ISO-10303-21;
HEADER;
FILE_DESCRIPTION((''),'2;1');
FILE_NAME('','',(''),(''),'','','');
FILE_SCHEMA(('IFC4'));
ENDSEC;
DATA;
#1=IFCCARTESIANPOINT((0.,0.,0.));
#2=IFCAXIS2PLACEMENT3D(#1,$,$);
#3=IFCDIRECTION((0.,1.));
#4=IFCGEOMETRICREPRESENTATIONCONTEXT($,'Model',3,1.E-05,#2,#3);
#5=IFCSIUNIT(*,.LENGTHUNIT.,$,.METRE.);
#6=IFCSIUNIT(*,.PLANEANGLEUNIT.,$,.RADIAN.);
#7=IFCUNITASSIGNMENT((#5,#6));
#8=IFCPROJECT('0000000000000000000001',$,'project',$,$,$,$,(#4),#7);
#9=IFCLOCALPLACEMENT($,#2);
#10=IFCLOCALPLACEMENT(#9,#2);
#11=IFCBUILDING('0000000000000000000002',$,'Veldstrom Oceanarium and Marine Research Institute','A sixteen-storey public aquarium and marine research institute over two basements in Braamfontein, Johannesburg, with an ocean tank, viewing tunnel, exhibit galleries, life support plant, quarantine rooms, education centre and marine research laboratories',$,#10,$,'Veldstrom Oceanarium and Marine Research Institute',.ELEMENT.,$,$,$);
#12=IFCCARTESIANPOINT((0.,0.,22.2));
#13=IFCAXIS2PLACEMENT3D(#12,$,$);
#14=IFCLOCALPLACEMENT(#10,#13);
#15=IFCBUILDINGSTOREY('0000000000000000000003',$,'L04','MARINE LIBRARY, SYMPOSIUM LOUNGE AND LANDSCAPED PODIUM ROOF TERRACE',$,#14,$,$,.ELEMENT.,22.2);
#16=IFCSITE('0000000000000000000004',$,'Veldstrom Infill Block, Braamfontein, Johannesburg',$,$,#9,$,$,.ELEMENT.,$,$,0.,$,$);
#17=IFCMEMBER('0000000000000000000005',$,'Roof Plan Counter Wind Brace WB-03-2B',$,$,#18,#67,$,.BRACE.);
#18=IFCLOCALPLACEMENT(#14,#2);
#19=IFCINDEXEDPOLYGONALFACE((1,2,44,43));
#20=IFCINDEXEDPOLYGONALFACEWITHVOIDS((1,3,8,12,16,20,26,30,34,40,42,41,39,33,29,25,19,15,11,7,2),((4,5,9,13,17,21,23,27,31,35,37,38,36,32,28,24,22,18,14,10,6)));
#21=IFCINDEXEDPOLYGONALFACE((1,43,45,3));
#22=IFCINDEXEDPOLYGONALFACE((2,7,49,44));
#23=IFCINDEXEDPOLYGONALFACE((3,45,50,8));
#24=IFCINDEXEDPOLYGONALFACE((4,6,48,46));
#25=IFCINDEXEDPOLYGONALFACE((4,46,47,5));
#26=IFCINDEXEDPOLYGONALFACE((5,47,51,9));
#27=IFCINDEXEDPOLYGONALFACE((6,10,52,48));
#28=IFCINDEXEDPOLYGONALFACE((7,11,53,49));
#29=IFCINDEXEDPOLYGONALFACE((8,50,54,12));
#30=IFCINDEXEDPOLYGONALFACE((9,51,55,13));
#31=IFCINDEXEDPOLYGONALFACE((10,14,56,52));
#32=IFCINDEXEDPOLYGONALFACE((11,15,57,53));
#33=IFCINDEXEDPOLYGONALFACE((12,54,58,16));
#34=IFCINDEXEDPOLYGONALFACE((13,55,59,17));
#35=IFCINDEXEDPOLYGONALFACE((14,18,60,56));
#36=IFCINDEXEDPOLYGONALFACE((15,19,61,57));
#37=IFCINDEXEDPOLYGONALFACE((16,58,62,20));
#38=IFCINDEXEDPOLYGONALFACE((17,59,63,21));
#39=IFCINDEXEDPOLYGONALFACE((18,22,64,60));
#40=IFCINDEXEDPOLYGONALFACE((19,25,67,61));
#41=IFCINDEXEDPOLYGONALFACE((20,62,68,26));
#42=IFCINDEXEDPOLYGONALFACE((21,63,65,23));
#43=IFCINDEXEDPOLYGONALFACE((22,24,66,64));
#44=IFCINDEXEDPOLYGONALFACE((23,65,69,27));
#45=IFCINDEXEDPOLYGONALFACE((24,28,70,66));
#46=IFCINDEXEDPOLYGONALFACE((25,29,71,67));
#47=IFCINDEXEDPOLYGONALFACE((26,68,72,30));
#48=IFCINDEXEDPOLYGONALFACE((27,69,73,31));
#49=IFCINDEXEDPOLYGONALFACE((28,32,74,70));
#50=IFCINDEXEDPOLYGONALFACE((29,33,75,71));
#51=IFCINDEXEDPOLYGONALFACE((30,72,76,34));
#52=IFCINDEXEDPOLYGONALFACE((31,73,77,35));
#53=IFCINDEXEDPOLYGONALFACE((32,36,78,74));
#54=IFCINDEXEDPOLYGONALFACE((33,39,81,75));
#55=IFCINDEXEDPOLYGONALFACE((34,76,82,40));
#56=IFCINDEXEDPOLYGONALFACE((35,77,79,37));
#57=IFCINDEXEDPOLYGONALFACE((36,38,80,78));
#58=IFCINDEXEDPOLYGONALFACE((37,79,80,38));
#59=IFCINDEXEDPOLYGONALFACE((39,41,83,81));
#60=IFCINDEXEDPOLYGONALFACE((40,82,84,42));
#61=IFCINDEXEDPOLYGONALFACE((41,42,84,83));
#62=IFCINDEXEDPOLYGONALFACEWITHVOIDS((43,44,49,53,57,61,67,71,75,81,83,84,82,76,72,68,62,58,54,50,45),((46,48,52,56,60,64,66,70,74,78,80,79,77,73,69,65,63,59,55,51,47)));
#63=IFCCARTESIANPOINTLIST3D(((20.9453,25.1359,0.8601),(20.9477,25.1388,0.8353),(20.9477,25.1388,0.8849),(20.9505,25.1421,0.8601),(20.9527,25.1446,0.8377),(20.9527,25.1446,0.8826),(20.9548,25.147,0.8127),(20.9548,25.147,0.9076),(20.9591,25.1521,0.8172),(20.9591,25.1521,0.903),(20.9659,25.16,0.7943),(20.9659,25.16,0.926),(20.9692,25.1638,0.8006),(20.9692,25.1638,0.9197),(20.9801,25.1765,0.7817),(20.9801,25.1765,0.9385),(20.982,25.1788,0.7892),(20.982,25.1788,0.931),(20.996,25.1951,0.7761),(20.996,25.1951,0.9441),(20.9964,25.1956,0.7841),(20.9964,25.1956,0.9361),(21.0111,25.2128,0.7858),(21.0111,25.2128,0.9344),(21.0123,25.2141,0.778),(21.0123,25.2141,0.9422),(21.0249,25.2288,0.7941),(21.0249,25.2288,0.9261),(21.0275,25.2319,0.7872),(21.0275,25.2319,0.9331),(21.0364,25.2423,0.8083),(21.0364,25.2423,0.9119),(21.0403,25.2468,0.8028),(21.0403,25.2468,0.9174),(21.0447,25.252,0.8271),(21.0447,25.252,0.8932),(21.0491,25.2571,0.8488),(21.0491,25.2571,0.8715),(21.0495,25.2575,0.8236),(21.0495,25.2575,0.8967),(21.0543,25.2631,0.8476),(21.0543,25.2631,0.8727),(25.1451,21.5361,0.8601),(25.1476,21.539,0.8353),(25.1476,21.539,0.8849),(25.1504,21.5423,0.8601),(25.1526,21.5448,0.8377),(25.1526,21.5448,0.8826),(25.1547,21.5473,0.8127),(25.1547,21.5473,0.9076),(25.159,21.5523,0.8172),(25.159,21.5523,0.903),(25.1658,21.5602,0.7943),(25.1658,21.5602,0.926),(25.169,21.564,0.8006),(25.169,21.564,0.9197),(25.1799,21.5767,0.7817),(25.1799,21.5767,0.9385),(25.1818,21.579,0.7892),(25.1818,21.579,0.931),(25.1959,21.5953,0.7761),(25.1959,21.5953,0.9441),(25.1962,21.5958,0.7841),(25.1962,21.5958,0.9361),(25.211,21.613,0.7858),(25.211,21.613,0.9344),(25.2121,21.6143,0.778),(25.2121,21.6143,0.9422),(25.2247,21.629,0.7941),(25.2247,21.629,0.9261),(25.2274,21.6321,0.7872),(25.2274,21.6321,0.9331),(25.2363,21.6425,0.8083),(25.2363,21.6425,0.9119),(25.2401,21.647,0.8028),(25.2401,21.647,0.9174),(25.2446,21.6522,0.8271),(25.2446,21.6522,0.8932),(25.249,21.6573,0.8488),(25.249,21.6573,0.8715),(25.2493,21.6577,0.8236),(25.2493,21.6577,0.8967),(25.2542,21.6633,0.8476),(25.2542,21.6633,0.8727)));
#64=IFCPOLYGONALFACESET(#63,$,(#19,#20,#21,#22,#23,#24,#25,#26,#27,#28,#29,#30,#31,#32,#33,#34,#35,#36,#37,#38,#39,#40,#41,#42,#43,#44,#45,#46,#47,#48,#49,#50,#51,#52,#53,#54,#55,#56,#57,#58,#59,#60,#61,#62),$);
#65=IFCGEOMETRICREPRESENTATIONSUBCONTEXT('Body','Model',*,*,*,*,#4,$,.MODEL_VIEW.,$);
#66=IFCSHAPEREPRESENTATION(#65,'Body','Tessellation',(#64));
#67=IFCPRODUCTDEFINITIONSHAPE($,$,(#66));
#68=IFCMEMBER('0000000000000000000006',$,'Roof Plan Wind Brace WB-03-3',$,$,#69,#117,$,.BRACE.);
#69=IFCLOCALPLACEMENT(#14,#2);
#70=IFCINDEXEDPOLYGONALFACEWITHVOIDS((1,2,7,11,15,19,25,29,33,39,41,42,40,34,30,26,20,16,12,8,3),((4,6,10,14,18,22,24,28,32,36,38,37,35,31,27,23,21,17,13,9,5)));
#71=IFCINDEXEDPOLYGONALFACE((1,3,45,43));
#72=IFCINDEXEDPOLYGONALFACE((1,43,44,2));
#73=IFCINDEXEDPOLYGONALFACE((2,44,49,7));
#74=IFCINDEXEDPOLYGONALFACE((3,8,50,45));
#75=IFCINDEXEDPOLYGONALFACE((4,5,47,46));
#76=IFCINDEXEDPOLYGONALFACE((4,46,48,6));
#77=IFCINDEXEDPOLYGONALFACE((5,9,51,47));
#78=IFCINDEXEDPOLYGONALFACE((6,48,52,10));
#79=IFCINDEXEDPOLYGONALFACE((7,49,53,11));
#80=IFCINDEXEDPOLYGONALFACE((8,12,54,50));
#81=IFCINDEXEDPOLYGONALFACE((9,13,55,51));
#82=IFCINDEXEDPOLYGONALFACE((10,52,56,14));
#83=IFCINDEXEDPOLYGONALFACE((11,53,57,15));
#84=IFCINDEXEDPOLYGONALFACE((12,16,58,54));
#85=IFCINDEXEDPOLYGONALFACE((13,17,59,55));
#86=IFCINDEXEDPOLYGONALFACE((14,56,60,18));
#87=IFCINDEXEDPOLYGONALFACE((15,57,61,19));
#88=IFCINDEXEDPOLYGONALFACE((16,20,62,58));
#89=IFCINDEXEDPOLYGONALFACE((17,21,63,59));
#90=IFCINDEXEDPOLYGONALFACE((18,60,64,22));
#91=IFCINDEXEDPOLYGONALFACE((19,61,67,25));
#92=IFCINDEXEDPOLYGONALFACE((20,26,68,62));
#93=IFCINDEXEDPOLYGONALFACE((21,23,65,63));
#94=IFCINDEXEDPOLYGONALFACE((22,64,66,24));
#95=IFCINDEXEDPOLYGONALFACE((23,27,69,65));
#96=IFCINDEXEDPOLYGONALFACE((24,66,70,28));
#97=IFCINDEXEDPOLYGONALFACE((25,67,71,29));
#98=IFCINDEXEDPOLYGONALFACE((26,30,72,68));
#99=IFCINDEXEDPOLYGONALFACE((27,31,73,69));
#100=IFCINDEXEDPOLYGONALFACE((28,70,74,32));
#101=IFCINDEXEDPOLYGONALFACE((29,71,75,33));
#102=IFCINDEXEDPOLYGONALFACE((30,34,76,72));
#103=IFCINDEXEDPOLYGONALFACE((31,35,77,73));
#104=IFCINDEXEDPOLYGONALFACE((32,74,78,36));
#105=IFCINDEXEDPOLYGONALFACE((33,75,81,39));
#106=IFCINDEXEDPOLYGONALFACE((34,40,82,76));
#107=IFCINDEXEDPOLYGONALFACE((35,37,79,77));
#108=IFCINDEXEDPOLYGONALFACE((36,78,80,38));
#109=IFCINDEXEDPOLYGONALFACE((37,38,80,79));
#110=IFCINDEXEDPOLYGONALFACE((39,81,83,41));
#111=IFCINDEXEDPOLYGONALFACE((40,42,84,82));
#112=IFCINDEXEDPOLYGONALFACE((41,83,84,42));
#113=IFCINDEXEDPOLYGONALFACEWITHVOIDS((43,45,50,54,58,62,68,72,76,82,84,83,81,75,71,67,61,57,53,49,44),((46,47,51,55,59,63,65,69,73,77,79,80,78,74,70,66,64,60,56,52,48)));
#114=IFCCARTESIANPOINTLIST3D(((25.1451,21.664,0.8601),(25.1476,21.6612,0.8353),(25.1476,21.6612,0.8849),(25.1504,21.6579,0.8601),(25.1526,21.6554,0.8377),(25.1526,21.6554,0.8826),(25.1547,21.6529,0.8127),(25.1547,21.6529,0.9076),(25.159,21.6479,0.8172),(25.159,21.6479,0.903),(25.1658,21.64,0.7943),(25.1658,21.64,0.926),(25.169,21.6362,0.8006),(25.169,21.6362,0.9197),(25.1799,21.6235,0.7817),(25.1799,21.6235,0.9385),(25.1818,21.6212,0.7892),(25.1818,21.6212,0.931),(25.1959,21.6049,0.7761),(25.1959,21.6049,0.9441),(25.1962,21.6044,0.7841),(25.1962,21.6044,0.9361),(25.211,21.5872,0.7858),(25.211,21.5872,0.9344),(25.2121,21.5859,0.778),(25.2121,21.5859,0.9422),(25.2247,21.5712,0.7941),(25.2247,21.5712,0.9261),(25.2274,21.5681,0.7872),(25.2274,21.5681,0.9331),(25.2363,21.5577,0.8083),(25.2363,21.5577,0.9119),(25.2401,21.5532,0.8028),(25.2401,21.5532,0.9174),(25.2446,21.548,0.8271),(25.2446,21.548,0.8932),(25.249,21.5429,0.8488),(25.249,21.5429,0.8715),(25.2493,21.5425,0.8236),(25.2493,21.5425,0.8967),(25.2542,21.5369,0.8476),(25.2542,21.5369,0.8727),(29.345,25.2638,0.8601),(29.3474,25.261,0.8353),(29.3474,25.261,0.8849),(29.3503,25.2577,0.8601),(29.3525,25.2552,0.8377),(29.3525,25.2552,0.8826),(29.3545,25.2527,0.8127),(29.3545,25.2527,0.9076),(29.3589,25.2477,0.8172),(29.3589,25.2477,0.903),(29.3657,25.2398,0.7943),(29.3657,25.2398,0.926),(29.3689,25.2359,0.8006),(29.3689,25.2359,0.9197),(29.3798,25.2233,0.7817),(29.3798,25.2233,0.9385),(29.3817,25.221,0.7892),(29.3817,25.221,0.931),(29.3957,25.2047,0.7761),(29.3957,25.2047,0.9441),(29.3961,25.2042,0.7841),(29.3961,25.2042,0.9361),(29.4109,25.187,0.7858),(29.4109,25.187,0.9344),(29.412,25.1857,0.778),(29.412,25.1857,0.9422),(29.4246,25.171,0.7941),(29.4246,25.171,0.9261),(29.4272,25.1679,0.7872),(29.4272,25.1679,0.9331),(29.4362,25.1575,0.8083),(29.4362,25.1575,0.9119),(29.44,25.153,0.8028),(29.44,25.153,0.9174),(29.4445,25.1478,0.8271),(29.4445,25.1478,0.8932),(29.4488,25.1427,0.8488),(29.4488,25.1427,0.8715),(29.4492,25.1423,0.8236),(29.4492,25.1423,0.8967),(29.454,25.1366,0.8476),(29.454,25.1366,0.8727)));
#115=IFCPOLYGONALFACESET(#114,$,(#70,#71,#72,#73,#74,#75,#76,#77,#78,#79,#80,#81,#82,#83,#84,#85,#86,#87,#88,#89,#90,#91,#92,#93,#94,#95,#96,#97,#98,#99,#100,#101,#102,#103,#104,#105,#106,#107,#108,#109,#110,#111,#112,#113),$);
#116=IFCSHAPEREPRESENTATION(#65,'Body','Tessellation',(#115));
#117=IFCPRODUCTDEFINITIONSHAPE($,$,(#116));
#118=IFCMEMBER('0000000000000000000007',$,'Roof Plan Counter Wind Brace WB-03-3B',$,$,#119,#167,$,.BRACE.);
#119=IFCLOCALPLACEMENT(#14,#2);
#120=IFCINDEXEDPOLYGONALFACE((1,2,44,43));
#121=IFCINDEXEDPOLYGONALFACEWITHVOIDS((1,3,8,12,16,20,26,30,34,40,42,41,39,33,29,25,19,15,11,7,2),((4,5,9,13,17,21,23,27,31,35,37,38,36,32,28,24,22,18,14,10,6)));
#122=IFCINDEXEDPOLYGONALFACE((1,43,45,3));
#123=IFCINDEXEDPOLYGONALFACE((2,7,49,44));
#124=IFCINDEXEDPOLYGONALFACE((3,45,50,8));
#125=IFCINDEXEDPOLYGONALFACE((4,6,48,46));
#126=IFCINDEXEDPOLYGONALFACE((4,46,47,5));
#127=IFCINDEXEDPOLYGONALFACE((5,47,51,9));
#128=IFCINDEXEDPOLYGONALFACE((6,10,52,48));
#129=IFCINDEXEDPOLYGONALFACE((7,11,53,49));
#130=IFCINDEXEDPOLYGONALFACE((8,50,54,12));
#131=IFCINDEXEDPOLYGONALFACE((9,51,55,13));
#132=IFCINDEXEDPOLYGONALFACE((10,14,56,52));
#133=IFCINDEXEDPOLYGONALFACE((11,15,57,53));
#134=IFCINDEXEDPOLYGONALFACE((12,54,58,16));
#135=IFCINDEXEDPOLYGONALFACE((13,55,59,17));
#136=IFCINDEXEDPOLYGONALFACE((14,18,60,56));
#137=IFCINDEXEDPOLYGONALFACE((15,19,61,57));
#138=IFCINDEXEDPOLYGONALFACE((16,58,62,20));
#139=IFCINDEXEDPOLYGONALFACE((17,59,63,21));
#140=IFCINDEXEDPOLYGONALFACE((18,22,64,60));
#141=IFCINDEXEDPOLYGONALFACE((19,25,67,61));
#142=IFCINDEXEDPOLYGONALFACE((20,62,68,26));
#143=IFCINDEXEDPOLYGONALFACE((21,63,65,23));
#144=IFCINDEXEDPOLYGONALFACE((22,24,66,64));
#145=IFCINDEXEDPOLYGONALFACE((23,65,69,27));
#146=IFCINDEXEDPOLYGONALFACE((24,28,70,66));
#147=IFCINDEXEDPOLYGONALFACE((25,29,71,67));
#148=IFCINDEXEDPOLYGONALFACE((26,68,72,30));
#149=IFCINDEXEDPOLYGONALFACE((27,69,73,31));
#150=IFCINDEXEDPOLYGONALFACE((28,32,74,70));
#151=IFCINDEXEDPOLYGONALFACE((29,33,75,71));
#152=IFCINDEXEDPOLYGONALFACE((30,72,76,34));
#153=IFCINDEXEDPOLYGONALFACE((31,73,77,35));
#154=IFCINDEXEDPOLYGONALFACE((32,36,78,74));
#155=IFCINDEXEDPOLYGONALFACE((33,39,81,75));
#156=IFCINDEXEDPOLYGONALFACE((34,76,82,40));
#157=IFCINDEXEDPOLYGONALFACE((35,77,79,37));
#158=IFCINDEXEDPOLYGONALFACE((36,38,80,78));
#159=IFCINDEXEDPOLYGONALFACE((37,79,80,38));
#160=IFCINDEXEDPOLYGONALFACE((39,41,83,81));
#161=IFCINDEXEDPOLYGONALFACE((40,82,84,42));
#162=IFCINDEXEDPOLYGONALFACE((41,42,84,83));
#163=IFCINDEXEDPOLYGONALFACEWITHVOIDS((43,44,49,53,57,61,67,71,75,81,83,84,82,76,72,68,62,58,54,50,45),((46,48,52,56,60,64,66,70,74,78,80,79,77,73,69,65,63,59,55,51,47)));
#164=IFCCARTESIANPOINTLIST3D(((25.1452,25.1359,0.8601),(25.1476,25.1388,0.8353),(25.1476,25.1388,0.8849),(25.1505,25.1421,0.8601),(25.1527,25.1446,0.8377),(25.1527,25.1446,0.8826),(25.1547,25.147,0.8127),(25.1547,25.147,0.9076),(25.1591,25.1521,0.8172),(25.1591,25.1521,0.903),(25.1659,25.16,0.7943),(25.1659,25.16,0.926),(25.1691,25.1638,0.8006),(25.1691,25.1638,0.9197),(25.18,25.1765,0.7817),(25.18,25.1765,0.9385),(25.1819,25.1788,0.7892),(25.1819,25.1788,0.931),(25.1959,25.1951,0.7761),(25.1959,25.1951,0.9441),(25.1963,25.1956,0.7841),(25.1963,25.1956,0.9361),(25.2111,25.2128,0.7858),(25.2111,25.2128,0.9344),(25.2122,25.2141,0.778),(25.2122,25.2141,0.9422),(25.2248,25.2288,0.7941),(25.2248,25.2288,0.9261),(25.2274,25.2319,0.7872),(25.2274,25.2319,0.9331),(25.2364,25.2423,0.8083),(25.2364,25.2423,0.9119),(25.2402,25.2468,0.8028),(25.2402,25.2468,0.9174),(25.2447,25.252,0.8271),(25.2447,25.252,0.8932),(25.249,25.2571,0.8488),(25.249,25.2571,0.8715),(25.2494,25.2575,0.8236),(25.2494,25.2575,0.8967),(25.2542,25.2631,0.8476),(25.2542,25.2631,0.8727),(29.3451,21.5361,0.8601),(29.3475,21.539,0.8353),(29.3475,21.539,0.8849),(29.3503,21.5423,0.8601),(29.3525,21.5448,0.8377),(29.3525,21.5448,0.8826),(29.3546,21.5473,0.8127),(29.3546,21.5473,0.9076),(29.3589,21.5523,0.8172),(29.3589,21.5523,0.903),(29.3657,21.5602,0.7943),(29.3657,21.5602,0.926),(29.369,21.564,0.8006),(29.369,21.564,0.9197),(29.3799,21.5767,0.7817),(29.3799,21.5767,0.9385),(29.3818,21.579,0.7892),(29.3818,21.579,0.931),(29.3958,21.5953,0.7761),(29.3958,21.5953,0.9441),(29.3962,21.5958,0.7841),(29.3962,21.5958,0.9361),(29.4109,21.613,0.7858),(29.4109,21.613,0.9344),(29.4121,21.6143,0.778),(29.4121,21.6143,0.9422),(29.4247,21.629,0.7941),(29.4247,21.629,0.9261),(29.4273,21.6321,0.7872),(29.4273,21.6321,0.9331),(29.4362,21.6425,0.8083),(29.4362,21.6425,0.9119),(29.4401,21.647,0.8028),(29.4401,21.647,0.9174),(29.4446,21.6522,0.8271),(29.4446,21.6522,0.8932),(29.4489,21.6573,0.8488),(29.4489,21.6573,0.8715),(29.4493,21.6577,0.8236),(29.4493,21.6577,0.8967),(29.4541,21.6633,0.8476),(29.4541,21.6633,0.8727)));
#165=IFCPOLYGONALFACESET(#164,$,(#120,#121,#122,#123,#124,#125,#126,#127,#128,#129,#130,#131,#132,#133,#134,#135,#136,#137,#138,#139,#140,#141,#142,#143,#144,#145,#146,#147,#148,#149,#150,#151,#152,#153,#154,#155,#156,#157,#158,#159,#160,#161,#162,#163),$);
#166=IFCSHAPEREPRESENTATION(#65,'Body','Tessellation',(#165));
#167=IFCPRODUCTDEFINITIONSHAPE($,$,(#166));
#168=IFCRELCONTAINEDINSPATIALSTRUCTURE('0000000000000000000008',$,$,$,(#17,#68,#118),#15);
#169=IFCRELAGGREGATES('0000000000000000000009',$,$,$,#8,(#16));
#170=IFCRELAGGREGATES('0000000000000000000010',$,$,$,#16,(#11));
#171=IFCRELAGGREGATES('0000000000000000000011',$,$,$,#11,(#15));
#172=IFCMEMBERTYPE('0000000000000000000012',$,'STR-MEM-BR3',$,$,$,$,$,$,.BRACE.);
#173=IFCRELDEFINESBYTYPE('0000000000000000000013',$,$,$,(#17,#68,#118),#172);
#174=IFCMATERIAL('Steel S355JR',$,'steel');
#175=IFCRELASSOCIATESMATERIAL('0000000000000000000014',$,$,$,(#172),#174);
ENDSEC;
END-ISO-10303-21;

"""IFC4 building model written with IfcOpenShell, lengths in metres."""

from ifc_helpers import new_model, si_unit, direction, frame, origin, origin_2d, place, context, subcontext, project, spatial, hollow_circle, extrude, material, material_profile, profile_set, type_object, element, save


model = new_model("IFC4")

# Units and contexts
model_context = context("Model", 3, precision=1e-05, world=origin(), true_north=direction((0.0, 1.0)))
body_context = subcontext(model_context, "Body", "Model", "MODEL_VIEW")
ifc_project = project(units=[si_unit("LENGTHUNIT", "METRE"), si_unit("PLANEANGLEUNIT", "RADIAN")], contexts=[model_context])

# Site, building, storey
site_placement = place(None, origin())
site = spatial("IfcSite", under=ifc_project, at=site_placement, Name="Veldstrom Infill Block, Braamfontein, Johannesburg", CompositionType="ELEMENT", RefElevation=0.0)
building_placement = place(site_placement, origin())
building = spatial("IfcBuilding", under=site, at=building_placement, Name="Veldstrom Oceanarium and Marine Research Institute", Description="A sixteen-storey public aquarium and marine research institute over two basements in Braamfontein, Johannesburg, with an ocean tank, viewing tunnel, exhibit galleries, life support plant, quarantine rooms, education centre and marine research laboratories", LongName="Veldstrom Oceanarium and Marine Research Institute", CompositionType="ELEMENT")
storey_placement = place(building_placement, frame((0.0, 0.0, 22.2)))
storey = spatial("IfcBuildingStorey", under=building, at=storey_placement, Name="L04", Description="MARINE LIBRARY, SYMPOSIUM LOUNGE AND LANDSCAPED PODIUM ROOF TERRACE", CompositionType="ELEMENT", Elevation=22.2)

# Members
ifc_material_1 = material(Name="Steel S355JR", Category="steel")
ifc_material_profile_1 = material_profile(ifc_material_1, hollow_circle(Radius=0.0842, WallThickness=0.0081, at=origin_2d()), Name="CHS 168.3x8")
ifc_profile_set_1 = profile_set([ifc_material_profile_1], Name="Steel S355JR")
member_type_1 = type_object("IfcMemberType", Name="STR-MEM-BR3", PredefinedType="BRACE", material=ifc_profile_set_1)
for number, where, z_axis, x_axis, name in (
    (1, (25.2, 21.6001, 0.8601), (-0.759266, 0.65078, 0.0), (-0.65078, -0.759266, 0.0), "Roof Plan Counter Wind Brace WB-03-2B"),
    (2, (25.2, 21.6001, 0.8601), (0.759266, 0.65078, 0.0), (-0.65078, 0.759266, 0.0), "Roof Plan Wind Brace WB-03-3"),
    (3, (29.3999, 21.6001, 0.8601), (-0.759266, 0.65078, 0.0), (-0.65078, -0.759266, 0.0), "Roof Plan Counter Wind Brace WB-03-3B"),
):
    element("IfcMember", number, at=place(storey_placement, frame(where, z_axis=z_axis, x_axis=x_axis)), inside=storey, type_object=member_type_1, Name=name, PredefinedType="BRACE", context=body_context, shape_type="SweptSolid", body=[
        extrude(hollow_circle(Radius=0.0842, WallThickness=0.0081, at=origin_2d()), origin(), (0.0, 0.0, 1.0), 5.5315),
    ])

save(model, "model.ifc")
